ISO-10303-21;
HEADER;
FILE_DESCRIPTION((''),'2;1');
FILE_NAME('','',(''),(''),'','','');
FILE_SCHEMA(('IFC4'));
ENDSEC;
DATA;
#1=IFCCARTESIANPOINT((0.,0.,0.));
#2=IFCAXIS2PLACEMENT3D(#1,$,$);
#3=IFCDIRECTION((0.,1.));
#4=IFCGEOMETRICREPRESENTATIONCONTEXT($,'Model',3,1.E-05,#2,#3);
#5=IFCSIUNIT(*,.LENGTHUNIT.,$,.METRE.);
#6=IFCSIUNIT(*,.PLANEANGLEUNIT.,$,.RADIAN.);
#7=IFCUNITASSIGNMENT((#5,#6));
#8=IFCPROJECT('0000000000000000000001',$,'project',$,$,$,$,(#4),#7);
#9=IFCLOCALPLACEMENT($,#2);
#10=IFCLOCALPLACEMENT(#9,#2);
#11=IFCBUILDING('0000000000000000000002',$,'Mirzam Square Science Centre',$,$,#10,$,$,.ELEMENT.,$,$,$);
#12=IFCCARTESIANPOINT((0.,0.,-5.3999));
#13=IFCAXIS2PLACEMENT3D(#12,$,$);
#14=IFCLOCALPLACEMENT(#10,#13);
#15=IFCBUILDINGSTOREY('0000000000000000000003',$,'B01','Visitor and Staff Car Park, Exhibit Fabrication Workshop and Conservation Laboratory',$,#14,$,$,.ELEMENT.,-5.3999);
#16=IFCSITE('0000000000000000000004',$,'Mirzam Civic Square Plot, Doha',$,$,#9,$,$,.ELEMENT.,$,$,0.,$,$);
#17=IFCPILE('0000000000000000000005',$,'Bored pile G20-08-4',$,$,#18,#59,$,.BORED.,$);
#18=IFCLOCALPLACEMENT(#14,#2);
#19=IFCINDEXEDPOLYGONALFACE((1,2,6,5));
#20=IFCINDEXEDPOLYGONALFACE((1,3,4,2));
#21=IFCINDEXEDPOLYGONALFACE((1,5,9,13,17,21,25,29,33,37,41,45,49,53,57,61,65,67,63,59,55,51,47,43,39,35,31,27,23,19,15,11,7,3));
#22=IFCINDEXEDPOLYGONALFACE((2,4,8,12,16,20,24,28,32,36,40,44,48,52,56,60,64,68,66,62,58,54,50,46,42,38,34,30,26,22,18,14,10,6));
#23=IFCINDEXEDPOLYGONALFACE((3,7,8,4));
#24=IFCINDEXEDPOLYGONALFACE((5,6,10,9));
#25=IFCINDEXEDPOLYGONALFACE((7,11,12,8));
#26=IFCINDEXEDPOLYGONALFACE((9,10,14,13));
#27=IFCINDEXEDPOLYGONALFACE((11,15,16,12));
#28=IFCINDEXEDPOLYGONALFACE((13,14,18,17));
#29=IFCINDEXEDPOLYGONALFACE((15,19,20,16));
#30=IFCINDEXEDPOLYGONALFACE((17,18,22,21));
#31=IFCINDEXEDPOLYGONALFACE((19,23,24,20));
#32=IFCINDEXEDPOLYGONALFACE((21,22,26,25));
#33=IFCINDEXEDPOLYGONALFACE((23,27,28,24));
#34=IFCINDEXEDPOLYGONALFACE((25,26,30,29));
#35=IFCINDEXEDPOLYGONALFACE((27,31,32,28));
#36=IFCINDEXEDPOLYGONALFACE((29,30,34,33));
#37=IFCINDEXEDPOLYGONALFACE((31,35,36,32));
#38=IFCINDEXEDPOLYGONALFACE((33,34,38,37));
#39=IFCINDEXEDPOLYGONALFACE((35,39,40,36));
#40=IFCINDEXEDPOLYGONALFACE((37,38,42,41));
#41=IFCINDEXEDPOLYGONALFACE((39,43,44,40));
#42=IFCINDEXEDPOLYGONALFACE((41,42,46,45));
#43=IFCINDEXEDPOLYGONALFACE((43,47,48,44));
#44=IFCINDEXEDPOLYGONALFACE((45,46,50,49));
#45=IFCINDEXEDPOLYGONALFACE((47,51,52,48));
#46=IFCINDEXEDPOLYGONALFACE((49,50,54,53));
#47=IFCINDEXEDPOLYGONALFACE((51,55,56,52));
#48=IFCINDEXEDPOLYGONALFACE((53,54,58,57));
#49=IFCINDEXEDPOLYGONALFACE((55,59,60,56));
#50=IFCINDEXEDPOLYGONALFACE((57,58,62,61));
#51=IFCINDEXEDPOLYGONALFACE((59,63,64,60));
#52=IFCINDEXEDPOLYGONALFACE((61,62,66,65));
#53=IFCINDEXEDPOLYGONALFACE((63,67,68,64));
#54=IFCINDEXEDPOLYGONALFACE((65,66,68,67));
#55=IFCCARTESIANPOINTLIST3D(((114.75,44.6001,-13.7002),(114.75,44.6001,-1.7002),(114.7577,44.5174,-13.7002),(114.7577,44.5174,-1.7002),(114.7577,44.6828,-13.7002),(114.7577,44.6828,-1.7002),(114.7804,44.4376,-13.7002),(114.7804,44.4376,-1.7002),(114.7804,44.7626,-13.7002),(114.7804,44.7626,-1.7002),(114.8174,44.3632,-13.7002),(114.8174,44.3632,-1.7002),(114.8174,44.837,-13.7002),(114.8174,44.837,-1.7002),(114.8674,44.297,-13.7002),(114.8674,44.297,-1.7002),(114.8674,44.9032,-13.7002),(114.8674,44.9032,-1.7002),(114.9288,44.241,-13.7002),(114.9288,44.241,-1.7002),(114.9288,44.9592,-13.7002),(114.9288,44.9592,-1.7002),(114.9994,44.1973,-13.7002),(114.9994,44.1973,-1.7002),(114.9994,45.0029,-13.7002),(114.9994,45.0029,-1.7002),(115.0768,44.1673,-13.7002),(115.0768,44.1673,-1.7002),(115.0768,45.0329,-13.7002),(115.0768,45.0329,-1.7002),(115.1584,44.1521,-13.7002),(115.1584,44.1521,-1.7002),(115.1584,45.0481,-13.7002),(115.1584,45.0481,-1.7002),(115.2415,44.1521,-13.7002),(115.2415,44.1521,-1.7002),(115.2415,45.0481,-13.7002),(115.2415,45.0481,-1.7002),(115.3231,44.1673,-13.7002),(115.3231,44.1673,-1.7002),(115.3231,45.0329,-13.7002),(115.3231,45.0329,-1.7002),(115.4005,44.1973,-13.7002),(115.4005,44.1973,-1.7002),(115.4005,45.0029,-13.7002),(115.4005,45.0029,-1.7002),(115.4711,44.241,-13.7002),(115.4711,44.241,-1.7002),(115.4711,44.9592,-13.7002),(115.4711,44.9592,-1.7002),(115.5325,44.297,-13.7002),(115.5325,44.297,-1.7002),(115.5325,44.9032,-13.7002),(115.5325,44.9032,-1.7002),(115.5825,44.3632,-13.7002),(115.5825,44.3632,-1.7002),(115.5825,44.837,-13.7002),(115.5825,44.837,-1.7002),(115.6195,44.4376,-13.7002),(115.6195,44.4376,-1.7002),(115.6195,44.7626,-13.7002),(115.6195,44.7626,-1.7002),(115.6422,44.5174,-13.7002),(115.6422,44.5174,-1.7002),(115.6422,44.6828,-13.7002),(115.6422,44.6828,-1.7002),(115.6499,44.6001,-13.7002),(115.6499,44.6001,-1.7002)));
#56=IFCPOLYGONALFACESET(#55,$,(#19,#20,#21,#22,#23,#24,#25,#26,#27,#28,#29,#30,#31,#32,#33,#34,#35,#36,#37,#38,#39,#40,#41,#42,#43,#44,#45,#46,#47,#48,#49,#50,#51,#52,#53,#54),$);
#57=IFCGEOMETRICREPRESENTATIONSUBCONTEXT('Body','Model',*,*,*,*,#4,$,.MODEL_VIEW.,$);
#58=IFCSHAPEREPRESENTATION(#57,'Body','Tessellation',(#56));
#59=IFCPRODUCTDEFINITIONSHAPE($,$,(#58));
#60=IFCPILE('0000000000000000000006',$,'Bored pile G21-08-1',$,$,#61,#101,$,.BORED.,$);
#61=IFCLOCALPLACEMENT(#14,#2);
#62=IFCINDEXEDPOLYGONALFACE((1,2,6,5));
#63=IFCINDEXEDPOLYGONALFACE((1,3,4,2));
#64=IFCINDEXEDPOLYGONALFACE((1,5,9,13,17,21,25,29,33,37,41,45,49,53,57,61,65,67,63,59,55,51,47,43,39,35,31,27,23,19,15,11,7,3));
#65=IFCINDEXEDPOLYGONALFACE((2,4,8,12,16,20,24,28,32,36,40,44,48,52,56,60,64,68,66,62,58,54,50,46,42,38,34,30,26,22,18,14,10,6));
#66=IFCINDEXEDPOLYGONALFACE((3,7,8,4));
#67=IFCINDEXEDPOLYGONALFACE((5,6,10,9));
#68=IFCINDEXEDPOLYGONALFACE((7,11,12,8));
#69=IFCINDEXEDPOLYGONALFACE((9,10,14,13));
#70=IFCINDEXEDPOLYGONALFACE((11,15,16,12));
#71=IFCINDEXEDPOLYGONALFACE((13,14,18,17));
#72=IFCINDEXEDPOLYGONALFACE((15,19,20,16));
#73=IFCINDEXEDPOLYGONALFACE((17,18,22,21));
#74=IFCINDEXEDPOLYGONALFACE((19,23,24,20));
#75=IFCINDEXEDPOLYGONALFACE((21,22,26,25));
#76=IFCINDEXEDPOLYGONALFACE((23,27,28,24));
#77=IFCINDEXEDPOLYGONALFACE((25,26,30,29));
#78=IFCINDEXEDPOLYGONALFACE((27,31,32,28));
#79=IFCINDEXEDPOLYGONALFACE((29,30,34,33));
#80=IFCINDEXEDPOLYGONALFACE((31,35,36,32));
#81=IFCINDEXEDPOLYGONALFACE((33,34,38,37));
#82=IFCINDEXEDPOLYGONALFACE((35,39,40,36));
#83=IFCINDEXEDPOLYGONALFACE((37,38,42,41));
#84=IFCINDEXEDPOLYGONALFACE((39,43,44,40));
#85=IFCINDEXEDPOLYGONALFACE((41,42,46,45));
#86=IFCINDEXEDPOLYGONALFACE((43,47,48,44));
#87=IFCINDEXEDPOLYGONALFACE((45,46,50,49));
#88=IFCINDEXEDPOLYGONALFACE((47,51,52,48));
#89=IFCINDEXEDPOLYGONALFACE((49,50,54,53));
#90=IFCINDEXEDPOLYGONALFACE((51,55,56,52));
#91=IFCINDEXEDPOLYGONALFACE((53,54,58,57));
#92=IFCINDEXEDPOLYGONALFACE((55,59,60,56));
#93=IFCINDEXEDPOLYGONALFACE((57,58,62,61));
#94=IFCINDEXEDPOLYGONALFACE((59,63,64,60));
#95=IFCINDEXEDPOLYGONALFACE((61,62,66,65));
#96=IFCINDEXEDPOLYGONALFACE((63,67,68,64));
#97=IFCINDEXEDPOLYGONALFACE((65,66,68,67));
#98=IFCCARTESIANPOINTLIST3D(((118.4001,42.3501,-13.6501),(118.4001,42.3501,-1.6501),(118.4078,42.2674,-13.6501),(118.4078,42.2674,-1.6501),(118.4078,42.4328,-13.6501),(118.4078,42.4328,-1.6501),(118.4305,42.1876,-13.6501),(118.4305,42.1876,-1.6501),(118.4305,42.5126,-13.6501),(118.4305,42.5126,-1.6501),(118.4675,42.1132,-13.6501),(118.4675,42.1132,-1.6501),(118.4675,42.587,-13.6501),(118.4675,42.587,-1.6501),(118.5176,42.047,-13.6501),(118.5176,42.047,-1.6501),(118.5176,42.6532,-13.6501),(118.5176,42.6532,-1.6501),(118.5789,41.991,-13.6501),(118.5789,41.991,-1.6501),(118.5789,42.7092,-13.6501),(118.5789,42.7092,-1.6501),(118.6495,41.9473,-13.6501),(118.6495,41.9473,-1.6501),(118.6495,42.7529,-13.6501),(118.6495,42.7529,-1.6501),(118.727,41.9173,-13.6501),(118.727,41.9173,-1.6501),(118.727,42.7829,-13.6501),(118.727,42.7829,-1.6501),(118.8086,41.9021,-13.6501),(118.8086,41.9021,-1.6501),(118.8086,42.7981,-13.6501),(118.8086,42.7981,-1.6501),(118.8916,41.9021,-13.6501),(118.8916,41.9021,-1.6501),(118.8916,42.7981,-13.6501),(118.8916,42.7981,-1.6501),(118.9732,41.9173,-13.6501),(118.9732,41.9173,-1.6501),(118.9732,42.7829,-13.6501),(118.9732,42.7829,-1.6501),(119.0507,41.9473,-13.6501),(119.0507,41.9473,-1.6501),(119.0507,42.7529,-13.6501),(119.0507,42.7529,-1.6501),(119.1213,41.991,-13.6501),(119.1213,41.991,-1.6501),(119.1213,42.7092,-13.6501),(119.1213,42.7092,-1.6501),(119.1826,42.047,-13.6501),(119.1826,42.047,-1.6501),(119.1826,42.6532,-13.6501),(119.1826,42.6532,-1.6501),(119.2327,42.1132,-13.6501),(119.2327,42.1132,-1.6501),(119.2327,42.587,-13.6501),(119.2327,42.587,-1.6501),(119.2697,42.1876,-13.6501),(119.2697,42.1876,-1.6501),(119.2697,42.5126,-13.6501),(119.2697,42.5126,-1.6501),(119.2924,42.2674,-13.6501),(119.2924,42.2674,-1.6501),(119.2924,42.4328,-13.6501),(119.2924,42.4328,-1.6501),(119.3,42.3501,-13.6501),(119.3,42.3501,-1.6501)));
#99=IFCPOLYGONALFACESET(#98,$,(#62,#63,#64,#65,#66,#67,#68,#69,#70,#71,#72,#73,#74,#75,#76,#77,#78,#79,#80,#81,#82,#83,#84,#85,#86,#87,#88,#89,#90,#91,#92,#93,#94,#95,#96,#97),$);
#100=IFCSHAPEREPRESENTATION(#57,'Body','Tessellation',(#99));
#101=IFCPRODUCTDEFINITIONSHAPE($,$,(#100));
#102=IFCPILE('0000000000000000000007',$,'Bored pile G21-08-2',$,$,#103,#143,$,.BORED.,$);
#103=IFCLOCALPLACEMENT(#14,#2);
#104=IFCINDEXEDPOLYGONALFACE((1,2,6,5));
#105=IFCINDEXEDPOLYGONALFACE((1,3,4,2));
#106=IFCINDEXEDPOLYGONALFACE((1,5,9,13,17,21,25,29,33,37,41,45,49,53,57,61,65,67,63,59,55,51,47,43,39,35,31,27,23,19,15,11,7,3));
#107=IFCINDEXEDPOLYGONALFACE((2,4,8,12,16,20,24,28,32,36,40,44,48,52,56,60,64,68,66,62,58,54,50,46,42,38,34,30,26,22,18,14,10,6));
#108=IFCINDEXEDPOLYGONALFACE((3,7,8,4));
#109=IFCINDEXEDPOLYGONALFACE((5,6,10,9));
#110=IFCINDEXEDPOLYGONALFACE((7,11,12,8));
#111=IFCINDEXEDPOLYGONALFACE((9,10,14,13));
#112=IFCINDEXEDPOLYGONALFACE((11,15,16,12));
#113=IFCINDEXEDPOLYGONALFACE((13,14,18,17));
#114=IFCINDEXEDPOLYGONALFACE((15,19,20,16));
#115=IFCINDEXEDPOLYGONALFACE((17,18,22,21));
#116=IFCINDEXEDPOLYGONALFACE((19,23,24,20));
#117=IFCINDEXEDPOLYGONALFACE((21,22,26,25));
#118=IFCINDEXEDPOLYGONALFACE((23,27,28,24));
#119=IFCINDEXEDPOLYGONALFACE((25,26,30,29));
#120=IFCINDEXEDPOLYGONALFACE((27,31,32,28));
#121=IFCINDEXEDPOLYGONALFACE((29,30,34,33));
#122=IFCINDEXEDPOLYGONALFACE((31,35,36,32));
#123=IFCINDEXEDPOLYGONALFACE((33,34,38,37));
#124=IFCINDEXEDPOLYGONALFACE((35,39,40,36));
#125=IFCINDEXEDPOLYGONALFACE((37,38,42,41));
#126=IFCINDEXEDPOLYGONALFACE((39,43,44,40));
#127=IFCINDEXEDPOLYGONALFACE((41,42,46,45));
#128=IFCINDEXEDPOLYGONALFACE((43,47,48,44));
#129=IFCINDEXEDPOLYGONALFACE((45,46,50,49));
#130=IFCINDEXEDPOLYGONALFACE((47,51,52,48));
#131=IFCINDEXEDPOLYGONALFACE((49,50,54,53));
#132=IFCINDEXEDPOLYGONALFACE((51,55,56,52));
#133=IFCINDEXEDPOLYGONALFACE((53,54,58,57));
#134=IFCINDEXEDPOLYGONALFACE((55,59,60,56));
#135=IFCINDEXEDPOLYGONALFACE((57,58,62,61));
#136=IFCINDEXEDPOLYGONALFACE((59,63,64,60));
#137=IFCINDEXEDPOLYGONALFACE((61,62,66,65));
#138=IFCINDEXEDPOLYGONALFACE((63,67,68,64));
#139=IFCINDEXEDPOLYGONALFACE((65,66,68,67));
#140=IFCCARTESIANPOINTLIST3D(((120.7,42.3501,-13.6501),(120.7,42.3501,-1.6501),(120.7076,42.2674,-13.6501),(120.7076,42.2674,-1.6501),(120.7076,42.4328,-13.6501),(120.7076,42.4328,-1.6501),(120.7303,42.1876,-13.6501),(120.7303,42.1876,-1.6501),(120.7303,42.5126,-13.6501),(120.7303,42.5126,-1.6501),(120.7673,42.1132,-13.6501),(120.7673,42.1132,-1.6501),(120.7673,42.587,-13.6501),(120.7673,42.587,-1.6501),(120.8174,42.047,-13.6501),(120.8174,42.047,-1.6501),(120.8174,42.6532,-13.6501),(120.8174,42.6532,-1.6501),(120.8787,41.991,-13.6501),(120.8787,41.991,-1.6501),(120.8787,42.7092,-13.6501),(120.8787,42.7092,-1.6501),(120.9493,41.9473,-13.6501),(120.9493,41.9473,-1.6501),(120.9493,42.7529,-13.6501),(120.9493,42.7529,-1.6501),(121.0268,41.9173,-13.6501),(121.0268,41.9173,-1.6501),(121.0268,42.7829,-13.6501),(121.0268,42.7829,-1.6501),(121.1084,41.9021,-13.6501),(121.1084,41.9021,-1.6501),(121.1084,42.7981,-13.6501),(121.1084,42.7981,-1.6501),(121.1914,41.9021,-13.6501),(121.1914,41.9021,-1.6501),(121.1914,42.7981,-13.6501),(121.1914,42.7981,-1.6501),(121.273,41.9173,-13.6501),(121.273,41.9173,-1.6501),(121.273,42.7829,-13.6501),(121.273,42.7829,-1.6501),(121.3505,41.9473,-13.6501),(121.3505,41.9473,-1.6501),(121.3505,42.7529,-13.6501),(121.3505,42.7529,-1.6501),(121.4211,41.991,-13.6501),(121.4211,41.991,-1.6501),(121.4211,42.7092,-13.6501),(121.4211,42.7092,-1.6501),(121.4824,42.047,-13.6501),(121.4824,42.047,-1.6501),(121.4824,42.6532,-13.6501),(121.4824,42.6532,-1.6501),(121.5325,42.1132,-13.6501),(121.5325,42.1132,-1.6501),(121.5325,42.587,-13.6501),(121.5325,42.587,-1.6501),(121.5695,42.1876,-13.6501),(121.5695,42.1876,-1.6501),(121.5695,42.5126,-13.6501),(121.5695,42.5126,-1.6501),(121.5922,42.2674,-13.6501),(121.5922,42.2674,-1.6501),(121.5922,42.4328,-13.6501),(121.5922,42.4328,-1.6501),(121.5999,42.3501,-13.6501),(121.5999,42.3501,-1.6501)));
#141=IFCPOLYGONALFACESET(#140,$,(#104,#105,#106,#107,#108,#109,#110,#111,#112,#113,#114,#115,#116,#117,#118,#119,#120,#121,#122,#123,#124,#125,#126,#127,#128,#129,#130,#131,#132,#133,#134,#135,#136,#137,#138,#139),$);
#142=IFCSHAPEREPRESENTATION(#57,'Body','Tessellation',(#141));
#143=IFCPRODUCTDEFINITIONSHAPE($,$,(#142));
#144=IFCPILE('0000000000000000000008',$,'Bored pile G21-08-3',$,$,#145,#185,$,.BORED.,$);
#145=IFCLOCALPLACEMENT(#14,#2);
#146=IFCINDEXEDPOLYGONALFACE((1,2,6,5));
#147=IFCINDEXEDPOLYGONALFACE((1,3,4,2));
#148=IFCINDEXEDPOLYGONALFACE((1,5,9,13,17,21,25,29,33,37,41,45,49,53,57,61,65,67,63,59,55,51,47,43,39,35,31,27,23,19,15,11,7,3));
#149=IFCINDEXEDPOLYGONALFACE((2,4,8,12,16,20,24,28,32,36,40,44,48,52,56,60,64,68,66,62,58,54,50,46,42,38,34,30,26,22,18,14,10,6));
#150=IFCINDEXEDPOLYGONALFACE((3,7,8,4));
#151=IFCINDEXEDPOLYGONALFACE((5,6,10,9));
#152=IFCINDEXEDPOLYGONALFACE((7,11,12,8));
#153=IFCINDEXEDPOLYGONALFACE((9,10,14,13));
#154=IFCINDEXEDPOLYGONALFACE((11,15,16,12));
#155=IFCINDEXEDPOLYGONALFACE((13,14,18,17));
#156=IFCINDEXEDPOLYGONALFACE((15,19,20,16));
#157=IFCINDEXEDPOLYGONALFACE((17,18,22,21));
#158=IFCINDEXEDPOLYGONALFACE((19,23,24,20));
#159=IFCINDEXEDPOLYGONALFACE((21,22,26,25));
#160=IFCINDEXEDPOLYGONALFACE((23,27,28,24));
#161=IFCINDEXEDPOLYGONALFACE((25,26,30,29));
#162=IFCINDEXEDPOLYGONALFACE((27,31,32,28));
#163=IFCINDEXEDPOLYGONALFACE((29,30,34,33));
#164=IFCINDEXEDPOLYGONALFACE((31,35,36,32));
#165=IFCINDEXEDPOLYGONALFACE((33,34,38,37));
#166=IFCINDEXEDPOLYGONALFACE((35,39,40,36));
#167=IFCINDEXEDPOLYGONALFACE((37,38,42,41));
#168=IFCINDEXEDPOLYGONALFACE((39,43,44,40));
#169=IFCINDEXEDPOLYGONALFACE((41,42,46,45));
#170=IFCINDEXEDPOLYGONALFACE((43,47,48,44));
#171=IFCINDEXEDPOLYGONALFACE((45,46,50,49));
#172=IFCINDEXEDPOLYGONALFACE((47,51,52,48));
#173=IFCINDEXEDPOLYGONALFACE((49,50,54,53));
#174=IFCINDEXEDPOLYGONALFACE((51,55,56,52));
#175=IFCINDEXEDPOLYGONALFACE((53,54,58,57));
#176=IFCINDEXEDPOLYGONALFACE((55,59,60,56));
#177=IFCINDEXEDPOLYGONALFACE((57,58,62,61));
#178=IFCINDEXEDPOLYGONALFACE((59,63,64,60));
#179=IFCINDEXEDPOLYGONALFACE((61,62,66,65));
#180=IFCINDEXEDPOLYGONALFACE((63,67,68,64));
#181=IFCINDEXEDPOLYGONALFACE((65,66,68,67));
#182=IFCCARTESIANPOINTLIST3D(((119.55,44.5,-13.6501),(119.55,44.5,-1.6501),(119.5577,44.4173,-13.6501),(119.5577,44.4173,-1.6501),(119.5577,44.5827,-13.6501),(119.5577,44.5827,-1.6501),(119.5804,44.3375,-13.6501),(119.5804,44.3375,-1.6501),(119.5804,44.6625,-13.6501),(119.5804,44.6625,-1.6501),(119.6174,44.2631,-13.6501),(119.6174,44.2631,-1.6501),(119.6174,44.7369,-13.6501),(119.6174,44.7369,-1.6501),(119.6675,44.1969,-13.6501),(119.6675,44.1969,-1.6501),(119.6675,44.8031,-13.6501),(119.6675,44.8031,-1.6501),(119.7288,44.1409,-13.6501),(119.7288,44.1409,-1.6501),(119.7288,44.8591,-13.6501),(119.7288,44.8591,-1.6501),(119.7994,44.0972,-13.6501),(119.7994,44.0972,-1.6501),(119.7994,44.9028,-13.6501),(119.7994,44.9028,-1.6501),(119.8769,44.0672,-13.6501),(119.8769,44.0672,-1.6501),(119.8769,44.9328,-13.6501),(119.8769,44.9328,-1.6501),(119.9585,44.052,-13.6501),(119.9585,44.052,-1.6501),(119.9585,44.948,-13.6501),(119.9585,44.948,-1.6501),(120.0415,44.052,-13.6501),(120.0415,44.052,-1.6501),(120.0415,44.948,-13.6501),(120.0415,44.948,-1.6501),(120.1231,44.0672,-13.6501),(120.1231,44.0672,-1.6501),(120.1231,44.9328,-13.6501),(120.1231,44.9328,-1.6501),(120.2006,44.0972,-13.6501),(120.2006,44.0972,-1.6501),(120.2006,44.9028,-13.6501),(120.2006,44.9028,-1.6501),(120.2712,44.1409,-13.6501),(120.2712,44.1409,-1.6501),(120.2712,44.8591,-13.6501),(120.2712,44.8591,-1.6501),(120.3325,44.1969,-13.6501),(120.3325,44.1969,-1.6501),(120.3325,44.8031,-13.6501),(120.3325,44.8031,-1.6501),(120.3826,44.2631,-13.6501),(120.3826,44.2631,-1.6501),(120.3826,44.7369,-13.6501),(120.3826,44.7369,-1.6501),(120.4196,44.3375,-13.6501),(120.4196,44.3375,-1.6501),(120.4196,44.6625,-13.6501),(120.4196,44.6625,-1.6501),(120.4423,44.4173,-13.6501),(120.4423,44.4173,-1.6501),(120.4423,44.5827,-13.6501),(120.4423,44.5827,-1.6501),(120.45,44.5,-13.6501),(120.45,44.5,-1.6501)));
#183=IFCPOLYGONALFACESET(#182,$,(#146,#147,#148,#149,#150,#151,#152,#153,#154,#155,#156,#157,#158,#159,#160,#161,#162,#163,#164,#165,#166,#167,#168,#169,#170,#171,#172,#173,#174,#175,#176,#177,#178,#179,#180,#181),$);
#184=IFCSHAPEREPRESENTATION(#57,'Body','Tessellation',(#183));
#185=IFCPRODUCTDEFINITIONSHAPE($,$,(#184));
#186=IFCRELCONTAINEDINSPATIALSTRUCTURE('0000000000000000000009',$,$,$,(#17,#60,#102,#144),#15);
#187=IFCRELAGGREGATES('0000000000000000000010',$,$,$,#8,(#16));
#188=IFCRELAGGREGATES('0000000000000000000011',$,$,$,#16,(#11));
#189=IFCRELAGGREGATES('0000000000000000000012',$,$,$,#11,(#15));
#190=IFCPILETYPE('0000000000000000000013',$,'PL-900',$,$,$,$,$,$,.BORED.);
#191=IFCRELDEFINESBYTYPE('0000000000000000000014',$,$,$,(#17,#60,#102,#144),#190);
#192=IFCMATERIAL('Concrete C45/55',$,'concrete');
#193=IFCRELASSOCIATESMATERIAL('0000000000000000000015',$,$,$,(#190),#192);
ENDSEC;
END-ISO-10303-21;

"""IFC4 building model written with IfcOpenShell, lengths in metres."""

from ifc_helpers import new_model, si_unit, direction, frame, origin, origin_2d, place, context, subcontext, project, spatial, circle, extrude, material, material_profile, profile_set, type_object, element, save


model = new_model("IFC4")

# Units and contexts
model_context = context("Model", 3, precision=1e-05, world=origin(), true_north=direction((0.0, 1.0)))
body_context = subcontext(model_context, "Body", "Model", "MODEL_VIEW")
ifc_project = project(units=[si_unit("LENGTHUNIT", "METRE"), si_unit("PLANEANGLEUNIT", "RADIAN")], contexts=[model_context])

# Site, building, storey
site_placement = place(None, origin())
site = spatial("IfcSite", under=ifc_project, at=site_placement, Name="Mirzam Civic Square Plot, Doha", CompositionType="ELEMENT", RefElevation=0.0)
building_placement = place(site_placement, origin())
building = spatial("IfcBuilding", under=site, at=building_placement, Name="Mirzam Square Science Centre", CompositionType="ELEMENT")
storey_placement = place(building_placement, frame((0.0, 0.0, -5.3999)))
storey = spatial("IfcBuildingStorey", under=building, at=storey_placement, Name="B01", Description="Visitor and Staff Car Park, Exhibit Fabrication Workshop and Conservation Laboratory", CompositionType="ELEMENT", Elevation=-5.3999)

# Shared definitions
ifc_material_1 = material(Name="Concrete C45/55", Category="concrete")

# Piles
ifc_material_profile_1 = material_profile(ifc_material_1, circle(Radius=0.45, at=origin_2d()), Name="PILE-D900")
ifc_profile_set_1 = profile_set([ifc_material_profile_1], Name="Concrete C45/55")
pile_type_1 = type_object("IfcPileType", Name="PL-900", PredefinedType="BORED", material=ifc_profile_set_1)
for number, where, z_axis, x_axis, name in (
    (1, (115.2, 44.6001, -1.7002), (0.0, 0.0, -1.0), (1.0, 0.0, 0.0), "Bored pile G20-08-4"),
    (2, (118.8501, 42.3501, -1.6501), (0.0, 0.0, -1.0), (1.0, 0.0, 0.0), "Bored pile G21-08-1"),
    (3, (121.1499, 42.3501, -1.6501), (0.0, 0.0, -1.0), (1.0, 0.0, 0.0), "Bored pile G21-08-2"),
    (4, (120.0, 44.5, -1.6501), (0.0, 0.0, -1.0), (1.0, 0.0, 0.0), "Bored pile G21-08-3"),
):
    element("IfcPile", number, at=place(storey_placement, frame(where, z_axis=z_axis, x_axis=x_axis)), inside=storey, type_object=pile_type_1, Name=name, PredefinedType="BORED", context=body_context, shape_type="SweptSolid", body=[
        extrude(circle(Radius=0.45, at=origin_2d()), origin(), (0.0, 0.0, 1.0), 12.0),
    ])

save(model, "model.ifc")
